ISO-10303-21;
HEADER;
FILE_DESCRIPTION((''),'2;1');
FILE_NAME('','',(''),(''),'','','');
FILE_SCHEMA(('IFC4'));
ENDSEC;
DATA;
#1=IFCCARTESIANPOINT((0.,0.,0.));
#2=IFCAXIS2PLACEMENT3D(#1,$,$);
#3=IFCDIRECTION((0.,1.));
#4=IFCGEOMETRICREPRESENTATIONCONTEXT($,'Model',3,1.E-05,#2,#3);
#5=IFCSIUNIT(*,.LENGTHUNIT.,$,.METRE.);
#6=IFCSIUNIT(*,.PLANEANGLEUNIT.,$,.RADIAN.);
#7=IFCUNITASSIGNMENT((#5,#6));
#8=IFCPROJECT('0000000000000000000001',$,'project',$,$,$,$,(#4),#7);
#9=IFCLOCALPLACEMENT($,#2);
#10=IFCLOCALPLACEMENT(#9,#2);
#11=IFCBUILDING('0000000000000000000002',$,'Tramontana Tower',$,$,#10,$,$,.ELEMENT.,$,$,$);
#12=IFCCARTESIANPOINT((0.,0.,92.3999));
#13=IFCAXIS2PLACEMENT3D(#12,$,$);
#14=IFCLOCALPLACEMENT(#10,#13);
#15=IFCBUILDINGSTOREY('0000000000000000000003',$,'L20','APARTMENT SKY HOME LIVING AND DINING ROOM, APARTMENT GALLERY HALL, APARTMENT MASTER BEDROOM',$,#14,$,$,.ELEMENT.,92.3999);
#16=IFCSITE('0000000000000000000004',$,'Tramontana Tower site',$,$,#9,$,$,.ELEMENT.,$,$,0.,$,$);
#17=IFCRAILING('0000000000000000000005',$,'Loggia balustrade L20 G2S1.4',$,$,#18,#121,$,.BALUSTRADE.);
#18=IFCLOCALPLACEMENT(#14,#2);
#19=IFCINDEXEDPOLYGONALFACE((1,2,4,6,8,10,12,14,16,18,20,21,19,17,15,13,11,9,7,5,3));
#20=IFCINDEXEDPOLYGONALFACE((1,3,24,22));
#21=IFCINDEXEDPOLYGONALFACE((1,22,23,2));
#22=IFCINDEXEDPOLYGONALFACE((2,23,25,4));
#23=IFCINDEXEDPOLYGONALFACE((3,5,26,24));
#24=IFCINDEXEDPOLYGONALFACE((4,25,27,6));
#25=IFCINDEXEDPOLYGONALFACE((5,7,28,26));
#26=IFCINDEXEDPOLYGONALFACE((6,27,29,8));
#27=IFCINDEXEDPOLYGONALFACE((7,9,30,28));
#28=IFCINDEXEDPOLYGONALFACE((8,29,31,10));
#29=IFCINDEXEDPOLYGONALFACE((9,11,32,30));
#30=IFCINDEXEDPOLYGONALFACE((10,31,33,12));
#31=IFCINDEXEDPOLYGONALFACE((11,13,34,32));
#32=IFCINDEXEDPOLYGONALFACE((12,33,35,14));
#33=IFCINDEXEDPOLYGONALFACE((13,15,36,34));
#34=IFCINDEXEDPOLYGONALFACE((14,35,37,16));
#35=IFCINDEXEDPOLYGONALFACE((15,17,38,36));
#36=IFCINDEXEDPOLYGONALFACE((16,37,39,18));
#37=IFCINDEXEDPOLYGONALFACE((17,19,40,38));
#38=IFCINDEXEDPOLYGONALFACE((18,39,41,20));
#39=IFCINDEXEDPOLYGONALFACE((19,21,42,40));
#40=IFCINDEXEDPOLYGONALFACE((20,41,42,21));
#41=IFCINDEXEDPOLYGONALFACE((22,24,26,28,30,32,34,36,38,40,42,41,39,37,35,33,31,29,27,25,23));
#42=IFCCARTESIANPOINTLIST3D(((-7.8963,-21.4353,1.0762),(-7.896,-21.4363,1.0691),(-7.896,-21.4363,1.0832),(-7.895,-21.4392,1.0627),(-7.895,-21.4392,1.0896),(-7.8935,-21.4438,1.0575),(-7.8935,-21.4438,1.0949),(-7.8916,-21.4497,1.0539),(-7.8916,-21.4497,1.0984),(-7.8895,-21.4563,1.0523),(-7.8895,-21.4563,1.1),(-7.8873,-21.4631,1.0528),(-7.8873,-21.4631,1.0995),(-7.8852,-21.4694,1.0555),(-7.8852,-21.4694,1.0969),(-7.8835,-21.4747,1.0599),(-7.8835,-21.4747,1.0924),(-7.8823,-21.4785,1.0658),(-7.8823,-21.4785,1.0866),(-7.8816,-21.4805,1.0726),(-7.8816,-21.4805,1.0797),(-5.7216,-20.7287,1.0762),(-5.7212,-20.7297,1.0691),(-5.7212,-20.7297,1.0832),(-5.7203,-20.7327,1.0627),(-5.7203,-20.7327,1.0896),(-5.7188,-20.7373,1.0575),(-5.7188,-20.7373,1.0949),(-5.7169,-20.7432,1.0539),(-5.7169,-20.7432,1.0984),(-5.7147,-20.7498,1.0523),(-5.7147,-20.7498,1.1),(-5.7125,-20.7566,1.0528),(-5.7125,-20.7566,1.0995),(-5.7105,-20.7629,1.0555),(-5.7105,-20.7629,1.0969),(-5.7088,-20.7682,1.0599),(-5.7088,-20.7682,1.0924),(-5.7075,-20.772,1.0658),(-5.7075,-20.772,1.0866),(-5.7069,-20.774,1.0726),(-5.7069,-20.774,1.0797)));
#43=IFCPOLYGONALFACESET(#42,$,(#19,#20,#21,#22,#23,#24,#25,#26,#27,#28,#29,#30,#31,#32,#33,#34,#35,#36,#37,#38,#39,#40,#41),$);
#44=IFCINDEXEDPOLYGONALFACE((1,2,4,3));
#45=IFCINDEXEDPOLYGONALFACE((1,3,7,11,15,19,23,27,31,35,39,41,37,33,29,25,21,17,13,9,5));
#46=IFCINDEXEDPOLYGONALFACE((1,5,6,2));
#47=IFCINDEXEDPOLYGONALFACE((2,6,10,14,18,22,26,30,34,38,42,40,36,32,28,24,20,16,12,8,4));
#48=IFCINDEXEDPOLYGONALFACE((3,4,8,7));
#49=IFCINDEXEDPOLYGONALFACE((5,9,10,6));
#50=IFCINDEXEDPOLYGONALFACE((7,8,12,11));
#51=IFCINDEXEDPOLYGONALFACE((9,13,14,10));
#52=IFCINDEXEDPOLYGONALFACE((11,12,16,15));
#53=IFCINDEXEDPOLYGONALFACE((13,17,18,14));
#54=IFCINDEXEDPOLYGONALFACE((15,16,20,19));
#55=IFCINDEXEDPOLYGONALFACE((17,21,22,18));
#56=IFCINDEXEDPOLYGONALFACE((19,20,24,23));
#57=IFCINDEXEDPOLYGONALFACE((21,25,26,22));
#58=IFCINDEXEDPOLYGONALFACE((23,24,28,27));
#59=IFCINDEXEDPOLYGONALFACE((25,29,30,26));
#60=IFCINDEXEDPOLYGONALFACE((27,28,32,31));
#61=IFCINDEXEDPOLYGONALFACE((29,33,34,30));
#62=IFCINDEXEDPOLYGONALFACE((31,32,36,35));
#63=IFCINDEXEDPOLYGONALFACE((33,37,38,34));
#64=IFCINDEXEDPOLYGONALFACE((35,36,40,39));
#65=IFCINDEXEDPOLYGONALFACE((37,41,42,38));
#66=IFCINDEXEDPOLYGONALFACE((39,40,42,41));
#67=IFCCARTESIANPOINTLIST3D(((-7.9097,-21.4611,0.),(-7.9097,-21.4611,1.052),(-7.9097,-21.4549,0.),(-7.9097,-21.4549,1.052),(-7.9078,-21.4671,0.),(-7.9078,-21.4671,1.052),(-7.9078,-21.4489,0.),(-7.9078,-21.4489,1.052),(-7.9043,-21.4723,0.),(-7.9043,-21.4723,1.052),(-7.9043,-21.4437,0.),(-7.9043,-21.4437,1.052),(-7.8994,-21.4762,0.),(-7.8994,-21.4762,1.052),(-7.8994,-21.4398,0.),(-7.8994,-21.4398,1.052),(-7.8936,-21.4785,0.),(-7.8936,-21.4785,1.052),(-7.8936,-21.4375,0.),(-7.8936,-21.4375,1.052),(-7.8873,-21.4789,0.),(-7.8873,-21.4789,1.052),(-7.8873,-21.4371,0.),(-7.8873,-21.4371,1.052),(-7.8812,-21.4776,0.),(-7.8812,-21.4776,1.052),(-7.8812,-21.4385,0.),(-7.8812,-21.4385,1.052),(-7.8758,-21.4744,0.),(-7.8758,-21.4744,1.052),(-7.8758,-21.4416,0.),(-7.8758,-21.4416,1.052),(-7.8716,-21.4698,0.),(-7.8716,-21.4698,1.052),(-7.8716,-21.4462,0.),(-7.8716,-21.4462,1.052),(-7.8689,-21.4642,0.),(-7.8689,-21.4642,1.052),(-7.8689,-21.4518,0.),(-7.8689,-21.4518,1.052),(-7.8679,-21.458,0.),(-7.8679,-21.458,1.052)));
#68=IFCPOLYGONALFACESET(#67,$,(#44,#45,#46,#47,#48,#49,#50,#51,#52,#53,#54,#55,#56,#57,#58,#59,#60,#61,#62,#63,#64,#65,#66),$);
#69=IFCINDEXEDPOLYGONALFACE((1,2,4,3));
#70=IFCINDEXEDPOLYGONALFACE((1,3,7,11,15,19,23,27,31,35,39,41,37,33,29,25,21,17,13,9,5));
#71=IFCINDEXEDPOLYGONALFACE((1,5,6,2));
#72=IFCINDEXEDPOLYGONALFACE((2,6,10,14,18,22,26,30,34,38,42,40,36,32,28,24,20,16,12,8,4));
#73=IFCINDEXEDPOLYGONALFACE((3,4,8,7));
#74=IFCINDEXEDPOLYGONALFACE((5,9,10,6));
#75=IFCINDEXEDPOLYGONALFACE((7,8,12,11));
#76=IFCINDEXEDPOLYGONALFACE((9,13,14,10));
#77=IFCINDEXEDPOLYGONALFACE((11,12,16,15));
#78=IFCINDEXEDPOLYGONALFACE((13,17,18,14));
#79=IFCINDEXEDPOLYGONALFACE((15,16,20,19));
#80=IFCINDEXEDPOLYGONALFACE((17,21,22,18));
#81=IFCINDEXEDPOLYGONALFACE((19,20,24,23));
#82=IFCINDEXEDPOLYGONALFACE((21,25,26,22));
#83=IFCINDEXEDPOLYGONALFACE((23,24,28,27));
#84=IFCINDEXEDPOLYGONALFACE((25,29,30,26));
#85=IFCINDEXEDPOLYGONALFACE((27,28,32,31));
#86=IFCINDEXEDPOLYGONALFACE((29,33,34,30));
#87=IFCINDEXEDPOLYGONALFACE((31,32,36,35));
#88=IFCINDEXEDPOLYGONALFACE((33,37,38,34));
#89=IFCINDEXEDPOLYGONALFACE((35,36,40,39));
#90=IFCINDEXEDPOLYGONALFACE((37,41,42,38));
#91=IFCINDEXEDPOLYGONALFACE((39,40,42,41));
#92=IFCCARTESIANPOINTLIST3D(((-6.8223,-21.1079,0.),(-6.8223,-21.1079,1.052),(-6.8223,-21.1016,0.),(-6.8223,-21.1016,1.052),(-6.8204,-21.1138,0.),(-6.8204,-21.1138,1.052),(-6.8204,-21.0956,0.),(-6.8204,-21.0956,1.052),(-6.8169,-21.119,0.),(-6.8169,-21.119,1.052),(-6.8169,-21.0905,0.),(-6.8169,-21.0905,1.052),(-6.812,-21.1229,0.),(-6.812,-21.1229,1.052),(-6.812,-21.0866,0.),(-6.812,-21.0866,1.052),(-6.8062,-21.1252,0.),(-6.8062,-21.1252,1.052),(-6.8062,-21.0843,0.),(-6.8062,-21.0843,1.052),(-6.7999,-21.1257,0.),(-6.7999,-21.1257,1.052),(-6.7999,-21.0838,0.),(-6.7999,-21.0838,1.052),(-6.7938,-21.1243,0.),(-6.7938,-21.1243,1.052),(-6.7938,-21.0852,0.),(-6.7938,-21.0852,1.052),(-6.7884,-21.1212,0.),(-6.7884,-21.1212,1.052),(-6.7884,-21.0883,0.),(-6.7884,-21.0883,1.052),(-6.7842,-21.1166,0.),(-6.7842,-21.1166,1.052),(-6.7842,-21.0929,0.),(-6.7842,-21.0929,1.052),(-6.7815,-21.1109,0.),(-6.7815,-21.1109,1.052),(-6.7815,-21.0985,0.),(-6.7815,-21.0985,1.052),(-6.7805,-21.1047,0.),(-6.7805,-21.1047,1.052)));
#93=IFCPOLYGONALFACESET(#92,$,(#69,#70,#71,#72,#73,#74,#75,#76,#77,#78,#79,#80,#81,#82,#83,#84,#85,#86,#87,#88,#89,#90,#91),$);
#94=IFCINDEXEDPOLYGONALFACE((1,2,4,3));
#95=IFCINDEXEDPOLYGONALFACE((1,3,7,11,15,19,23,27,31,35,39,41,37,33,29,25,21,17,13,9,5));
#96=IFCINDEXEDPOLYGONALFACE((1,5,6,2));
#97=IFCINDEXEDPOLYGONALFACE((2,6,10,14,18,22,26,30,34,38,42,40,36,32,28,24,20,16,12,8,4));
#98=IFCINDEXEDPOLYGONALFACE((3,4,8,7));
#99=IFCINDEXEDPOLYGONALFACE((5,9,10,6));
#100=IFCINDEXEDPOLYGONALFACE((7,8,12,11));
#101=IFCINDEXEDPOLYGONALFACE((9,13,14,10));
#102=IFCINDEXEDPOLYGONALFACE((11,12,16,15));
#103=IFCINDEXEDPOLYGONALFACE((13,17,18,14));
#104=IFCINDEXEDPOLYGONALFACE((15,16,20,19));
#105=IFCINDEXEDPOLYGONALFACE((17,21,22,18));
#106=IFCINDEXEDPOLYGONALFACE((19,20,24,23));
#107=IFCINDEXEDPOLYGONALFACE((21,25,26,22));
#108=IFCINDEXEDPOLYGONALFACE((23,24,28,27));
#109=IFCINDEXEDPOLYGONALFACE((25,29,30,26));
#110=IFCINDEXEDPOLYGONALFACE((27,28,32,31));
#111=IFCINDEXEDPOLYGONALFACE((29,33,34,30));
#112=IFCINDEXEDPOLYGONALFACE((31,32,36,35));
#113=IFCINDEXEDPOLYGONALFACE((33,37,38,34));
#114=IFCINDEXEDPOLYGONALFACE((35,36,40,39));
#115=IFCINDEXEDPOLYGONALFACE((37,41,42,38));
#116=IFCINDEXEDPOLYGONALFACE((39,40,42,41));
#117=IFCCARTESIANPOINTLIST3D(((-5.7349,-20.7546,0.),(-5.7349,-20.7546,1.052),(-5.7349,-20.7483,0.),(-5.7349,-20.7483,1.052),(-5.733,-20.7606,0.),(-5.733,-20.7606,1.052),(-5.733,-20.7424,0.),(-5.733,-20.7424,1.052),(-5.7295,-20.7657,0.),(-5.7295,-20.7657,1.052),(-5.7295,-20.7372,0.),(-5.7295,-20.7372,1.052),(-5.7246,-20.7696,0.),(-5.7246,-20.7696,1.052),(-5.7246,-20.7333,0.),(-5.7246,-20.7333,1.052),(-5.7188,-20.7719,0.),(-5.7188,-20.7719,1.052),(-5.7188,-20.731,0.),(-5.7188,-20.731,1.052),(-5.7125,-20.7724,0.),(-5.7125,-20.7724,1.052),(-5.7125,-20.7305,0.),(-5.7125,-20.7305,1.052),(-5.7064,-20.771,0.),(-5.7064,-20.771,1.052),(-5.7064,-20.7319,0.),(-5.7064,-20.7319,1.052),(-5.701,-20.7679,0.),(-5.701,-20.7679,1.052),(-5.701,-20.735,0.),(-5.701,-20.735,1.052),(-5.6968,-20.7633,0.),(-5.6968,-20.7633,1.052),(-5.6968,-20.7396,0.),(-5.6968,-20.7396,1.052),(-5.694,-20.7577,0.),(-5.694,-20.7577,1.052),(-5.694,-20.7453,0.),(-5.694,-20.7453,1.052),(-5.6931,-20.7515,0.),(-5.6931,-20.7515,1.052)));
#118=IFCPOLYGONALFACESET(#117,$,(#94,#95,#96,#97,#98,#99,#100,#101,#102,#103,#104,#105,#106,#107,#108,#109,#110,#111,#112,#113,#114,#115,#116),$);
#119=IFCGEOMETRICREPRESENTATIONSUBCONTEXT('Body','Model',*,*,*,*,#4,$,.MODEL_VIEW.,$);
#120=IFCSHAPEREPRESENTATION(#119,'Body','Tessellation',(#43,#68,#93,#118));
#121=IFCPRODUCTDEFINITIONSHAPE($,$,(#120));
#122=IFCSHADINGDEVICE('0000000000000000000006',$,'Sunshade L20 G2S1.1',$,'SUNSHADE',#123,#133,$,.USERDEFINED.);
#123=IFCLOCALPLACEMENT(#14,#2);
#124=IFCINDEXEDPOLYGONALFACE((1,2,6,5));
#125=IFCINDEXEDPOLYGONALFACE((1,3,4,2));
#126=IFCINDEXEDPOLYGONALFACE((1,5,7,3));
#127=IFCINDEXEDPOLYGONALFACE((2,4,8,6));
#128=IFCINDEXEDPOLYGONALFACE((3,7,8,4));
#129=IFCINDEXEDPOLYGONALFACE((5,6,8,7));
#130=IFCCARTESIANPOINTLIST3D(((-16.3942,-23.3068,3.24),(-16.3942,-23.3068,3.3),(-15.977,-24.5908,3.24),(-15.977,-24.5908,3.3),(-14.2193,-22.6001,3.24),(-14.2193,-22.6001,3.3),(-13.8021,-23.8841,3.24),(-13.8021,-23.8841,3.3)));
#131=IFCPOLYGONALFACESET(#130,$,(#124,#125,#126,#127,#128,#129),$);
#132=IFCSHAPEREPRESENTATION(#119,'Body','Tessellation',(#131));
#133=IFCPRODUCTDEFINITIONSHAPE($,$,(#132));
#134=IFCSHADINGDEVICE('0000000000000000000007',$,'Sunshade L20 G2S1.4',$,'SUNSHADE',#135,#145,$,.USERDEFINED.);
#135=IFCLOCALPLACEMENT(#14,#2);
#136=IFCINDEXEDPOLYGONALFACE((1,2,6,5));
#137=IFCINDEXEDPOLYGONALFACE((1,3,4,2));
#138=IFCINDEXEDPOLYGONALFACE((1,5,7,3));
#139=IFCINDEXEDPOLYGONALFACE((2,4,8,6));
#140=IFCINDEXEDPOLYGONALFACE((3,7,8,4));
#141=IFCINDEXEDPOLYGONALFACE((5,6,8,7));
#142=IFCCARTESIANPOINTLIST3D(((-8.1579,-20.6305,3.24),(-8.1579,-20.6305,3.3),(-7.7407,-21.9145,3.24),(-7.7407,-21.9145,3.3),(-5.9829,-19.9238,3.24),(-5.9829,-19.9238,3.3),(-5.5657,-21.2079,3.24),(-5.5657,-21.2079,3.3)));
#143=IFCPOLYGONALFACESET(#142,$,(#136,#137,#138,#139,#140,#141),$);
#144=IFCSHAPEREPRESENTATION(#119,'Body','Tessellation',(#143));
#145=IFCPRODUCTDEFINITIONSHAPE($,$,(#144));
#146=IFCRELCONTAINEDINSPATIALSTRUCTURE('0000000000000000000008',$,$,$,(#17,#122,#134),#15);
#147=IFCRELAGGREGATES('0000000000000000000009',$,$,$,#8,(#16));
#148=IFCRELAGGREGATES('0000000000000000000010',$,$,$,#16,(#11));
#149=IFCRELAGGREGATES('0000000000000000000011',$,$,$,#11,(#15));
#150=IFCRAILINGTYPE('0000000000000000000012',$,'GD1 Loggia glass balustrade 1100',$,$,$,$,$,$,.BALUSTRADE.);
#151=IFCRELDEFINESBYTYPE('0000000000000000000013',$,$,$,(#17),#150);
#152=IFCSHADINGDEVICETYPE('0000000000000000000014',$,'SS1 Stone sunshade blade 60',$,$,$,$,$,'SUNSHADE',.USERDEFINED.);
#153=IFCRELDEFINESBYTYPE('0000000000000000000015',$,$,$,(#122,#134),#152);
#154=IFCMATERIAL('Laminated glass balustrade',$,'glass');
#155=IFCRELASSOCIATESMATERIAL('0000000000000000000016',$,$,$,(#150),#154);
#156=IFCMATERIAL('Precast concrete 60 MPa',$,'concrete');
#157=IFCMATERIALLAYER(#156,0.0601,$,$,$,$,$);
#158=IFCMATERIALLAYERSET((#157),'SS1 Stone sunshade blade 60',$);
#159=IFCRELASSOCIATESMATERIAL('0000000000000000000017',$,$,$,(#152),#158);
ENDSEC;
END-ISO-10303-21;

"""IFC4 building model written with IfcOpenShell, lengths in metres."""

from ifc_helpers import new_model, si_unit, direction, frame, origin, origin_2d, place, context, subcontext, project, spatial, rectangle, circle, extrude, material, layer, layer_set, type_object, element, save


model = new_model("IFC4")

# Units and contexts
model_context = context("Model", 3, precision=1e-05, world=origin(), true_north=direction((0.0, 1.0)))
body_context = subcontext(model_context, "Body", "Model", "MODEL_VIEW")
ifc_project = project(units=[si_unit("LENGTHUNIT", "METRE"), si_unit("PLANEANGLEUNIT", "RADIAN")], contexts=[model_context])

# Site, building, storey
site_placement = place(None, origin())
site = spatial("IfcSite", under=ifc_project, at=site_placement, Name="Tramontana Tower site", CompositionType="ELEMENT", RefElevation=0.0)
building_placement = place(site_placement, origin())
building = spatial("IfcBuilding", under=site, at=building_placement, Name="Tramontana Tower", CompositionType="ELEMENT")
storey_placement = place(building_placement, frame((0.0, 0.0, 92.3999)))
storey = spatial("IfcBuildingStorey", under=building, at=storey_placement, Name="L20", Description="APARTMENT SKY HOME LIVING AND DINING ROOM, APARTMENT GALLERY HALL, APARTMENT MASTER BEDROOM", CompositionType="ELEMENT", Elevation=92.3999)

# Railing
ifc_material_1 = material(Name="Laminated glass balustrade", Category="glass")
railing_type = type_object("IfcRailingType", Name="GD1 Loggia glass balustrade 1100", PredefinedType="BALUSTRADE", material=ifc_material_1)
railing_1_placement = place(storey_placement, frame((-7.8889, -21.458, 0.0)))
element("IfcRailing", 1, at=railing_1_placement, inside=storey, type_object=railing_type, Name="Loggia balustrade L20 G2S1.4", PredefinedType="BALUSTRADE", context=body_context, shape_type="SweptSolid", body=[
    extrude(circle(Radius=0.0239, at=origin_2d()), frame((0.0, 0.0, 1.0762), z_axis=(0.951069, 0.30898, 0.0), x_axis=(-0.30898, 0.951069, 0.0)), (0.0, 0.0, 1.0), 2.2866),
    extrude(circle(Radius=0.021, at=origin_2d()), origin(), (0.0, 0.0, 1.0), 1.052),
    extrude(circle(Radius=0.021, at=origin_2d()), frame((1.0874, 0.3533, 0.0)), (0.0, 0.0, 1.0), 1.052),
    extrude(circle(Radius=0.021, at=origin_2d()), frame((2.1748, 0.7065, 0.0)), (0.0, 0.0, 1.0), 1.052),
])

# Shading devices
ifc_material_2 = material(Name="Precast concrete 60 MPa", Category="concrete")
ifc_layer_1 = layer(ifc_material_2, 0.0601)
ifc_layer_set_1 = layer_set([ifc_layer_1], Name="SS1 Stone sunshade blade 60")
shading_device_type = type_object("IfcShadingDeviceType", Name="SS1 Stone sunshade blade 60", ElementType="SUNSHADE", PredefinedType="USERDEFINED", material=ifc_layer_set_1)
for number, where, z_axis, x_axis, name in (
    (2, (-15.0981, -23.5955, 3.24), (0.0, 0.0, 1.0), (0.951057, 0.309017, 0.0), "Sunshade L20 G2S1.1"),
    (3, (-6.8618, -20.9192, 3.24), (0.0, 0.0, 1.0), (0.951057, 0.309017, 0.0), "Sunshade L20 G2S1.4"),
):
    element("IfcShadingDevice", number, at=place(storey_placement, frame(where, z_axis=z_axis, x_axis=x_axis)), inside=storey, type_object=shading_device_type, Name=name, ObjectType="SUNSHADE", PredefinedType="USERDEFINED", context=body_context, shape_type="SweptSolid", body=[
        extrude(rectangle(XDim=2.2869, YDim=1.3501, at=origin_2d()), origin(), (0.0, 0.0, 1.0), 0.0601),
    ])

save(model, "model.ifc")
